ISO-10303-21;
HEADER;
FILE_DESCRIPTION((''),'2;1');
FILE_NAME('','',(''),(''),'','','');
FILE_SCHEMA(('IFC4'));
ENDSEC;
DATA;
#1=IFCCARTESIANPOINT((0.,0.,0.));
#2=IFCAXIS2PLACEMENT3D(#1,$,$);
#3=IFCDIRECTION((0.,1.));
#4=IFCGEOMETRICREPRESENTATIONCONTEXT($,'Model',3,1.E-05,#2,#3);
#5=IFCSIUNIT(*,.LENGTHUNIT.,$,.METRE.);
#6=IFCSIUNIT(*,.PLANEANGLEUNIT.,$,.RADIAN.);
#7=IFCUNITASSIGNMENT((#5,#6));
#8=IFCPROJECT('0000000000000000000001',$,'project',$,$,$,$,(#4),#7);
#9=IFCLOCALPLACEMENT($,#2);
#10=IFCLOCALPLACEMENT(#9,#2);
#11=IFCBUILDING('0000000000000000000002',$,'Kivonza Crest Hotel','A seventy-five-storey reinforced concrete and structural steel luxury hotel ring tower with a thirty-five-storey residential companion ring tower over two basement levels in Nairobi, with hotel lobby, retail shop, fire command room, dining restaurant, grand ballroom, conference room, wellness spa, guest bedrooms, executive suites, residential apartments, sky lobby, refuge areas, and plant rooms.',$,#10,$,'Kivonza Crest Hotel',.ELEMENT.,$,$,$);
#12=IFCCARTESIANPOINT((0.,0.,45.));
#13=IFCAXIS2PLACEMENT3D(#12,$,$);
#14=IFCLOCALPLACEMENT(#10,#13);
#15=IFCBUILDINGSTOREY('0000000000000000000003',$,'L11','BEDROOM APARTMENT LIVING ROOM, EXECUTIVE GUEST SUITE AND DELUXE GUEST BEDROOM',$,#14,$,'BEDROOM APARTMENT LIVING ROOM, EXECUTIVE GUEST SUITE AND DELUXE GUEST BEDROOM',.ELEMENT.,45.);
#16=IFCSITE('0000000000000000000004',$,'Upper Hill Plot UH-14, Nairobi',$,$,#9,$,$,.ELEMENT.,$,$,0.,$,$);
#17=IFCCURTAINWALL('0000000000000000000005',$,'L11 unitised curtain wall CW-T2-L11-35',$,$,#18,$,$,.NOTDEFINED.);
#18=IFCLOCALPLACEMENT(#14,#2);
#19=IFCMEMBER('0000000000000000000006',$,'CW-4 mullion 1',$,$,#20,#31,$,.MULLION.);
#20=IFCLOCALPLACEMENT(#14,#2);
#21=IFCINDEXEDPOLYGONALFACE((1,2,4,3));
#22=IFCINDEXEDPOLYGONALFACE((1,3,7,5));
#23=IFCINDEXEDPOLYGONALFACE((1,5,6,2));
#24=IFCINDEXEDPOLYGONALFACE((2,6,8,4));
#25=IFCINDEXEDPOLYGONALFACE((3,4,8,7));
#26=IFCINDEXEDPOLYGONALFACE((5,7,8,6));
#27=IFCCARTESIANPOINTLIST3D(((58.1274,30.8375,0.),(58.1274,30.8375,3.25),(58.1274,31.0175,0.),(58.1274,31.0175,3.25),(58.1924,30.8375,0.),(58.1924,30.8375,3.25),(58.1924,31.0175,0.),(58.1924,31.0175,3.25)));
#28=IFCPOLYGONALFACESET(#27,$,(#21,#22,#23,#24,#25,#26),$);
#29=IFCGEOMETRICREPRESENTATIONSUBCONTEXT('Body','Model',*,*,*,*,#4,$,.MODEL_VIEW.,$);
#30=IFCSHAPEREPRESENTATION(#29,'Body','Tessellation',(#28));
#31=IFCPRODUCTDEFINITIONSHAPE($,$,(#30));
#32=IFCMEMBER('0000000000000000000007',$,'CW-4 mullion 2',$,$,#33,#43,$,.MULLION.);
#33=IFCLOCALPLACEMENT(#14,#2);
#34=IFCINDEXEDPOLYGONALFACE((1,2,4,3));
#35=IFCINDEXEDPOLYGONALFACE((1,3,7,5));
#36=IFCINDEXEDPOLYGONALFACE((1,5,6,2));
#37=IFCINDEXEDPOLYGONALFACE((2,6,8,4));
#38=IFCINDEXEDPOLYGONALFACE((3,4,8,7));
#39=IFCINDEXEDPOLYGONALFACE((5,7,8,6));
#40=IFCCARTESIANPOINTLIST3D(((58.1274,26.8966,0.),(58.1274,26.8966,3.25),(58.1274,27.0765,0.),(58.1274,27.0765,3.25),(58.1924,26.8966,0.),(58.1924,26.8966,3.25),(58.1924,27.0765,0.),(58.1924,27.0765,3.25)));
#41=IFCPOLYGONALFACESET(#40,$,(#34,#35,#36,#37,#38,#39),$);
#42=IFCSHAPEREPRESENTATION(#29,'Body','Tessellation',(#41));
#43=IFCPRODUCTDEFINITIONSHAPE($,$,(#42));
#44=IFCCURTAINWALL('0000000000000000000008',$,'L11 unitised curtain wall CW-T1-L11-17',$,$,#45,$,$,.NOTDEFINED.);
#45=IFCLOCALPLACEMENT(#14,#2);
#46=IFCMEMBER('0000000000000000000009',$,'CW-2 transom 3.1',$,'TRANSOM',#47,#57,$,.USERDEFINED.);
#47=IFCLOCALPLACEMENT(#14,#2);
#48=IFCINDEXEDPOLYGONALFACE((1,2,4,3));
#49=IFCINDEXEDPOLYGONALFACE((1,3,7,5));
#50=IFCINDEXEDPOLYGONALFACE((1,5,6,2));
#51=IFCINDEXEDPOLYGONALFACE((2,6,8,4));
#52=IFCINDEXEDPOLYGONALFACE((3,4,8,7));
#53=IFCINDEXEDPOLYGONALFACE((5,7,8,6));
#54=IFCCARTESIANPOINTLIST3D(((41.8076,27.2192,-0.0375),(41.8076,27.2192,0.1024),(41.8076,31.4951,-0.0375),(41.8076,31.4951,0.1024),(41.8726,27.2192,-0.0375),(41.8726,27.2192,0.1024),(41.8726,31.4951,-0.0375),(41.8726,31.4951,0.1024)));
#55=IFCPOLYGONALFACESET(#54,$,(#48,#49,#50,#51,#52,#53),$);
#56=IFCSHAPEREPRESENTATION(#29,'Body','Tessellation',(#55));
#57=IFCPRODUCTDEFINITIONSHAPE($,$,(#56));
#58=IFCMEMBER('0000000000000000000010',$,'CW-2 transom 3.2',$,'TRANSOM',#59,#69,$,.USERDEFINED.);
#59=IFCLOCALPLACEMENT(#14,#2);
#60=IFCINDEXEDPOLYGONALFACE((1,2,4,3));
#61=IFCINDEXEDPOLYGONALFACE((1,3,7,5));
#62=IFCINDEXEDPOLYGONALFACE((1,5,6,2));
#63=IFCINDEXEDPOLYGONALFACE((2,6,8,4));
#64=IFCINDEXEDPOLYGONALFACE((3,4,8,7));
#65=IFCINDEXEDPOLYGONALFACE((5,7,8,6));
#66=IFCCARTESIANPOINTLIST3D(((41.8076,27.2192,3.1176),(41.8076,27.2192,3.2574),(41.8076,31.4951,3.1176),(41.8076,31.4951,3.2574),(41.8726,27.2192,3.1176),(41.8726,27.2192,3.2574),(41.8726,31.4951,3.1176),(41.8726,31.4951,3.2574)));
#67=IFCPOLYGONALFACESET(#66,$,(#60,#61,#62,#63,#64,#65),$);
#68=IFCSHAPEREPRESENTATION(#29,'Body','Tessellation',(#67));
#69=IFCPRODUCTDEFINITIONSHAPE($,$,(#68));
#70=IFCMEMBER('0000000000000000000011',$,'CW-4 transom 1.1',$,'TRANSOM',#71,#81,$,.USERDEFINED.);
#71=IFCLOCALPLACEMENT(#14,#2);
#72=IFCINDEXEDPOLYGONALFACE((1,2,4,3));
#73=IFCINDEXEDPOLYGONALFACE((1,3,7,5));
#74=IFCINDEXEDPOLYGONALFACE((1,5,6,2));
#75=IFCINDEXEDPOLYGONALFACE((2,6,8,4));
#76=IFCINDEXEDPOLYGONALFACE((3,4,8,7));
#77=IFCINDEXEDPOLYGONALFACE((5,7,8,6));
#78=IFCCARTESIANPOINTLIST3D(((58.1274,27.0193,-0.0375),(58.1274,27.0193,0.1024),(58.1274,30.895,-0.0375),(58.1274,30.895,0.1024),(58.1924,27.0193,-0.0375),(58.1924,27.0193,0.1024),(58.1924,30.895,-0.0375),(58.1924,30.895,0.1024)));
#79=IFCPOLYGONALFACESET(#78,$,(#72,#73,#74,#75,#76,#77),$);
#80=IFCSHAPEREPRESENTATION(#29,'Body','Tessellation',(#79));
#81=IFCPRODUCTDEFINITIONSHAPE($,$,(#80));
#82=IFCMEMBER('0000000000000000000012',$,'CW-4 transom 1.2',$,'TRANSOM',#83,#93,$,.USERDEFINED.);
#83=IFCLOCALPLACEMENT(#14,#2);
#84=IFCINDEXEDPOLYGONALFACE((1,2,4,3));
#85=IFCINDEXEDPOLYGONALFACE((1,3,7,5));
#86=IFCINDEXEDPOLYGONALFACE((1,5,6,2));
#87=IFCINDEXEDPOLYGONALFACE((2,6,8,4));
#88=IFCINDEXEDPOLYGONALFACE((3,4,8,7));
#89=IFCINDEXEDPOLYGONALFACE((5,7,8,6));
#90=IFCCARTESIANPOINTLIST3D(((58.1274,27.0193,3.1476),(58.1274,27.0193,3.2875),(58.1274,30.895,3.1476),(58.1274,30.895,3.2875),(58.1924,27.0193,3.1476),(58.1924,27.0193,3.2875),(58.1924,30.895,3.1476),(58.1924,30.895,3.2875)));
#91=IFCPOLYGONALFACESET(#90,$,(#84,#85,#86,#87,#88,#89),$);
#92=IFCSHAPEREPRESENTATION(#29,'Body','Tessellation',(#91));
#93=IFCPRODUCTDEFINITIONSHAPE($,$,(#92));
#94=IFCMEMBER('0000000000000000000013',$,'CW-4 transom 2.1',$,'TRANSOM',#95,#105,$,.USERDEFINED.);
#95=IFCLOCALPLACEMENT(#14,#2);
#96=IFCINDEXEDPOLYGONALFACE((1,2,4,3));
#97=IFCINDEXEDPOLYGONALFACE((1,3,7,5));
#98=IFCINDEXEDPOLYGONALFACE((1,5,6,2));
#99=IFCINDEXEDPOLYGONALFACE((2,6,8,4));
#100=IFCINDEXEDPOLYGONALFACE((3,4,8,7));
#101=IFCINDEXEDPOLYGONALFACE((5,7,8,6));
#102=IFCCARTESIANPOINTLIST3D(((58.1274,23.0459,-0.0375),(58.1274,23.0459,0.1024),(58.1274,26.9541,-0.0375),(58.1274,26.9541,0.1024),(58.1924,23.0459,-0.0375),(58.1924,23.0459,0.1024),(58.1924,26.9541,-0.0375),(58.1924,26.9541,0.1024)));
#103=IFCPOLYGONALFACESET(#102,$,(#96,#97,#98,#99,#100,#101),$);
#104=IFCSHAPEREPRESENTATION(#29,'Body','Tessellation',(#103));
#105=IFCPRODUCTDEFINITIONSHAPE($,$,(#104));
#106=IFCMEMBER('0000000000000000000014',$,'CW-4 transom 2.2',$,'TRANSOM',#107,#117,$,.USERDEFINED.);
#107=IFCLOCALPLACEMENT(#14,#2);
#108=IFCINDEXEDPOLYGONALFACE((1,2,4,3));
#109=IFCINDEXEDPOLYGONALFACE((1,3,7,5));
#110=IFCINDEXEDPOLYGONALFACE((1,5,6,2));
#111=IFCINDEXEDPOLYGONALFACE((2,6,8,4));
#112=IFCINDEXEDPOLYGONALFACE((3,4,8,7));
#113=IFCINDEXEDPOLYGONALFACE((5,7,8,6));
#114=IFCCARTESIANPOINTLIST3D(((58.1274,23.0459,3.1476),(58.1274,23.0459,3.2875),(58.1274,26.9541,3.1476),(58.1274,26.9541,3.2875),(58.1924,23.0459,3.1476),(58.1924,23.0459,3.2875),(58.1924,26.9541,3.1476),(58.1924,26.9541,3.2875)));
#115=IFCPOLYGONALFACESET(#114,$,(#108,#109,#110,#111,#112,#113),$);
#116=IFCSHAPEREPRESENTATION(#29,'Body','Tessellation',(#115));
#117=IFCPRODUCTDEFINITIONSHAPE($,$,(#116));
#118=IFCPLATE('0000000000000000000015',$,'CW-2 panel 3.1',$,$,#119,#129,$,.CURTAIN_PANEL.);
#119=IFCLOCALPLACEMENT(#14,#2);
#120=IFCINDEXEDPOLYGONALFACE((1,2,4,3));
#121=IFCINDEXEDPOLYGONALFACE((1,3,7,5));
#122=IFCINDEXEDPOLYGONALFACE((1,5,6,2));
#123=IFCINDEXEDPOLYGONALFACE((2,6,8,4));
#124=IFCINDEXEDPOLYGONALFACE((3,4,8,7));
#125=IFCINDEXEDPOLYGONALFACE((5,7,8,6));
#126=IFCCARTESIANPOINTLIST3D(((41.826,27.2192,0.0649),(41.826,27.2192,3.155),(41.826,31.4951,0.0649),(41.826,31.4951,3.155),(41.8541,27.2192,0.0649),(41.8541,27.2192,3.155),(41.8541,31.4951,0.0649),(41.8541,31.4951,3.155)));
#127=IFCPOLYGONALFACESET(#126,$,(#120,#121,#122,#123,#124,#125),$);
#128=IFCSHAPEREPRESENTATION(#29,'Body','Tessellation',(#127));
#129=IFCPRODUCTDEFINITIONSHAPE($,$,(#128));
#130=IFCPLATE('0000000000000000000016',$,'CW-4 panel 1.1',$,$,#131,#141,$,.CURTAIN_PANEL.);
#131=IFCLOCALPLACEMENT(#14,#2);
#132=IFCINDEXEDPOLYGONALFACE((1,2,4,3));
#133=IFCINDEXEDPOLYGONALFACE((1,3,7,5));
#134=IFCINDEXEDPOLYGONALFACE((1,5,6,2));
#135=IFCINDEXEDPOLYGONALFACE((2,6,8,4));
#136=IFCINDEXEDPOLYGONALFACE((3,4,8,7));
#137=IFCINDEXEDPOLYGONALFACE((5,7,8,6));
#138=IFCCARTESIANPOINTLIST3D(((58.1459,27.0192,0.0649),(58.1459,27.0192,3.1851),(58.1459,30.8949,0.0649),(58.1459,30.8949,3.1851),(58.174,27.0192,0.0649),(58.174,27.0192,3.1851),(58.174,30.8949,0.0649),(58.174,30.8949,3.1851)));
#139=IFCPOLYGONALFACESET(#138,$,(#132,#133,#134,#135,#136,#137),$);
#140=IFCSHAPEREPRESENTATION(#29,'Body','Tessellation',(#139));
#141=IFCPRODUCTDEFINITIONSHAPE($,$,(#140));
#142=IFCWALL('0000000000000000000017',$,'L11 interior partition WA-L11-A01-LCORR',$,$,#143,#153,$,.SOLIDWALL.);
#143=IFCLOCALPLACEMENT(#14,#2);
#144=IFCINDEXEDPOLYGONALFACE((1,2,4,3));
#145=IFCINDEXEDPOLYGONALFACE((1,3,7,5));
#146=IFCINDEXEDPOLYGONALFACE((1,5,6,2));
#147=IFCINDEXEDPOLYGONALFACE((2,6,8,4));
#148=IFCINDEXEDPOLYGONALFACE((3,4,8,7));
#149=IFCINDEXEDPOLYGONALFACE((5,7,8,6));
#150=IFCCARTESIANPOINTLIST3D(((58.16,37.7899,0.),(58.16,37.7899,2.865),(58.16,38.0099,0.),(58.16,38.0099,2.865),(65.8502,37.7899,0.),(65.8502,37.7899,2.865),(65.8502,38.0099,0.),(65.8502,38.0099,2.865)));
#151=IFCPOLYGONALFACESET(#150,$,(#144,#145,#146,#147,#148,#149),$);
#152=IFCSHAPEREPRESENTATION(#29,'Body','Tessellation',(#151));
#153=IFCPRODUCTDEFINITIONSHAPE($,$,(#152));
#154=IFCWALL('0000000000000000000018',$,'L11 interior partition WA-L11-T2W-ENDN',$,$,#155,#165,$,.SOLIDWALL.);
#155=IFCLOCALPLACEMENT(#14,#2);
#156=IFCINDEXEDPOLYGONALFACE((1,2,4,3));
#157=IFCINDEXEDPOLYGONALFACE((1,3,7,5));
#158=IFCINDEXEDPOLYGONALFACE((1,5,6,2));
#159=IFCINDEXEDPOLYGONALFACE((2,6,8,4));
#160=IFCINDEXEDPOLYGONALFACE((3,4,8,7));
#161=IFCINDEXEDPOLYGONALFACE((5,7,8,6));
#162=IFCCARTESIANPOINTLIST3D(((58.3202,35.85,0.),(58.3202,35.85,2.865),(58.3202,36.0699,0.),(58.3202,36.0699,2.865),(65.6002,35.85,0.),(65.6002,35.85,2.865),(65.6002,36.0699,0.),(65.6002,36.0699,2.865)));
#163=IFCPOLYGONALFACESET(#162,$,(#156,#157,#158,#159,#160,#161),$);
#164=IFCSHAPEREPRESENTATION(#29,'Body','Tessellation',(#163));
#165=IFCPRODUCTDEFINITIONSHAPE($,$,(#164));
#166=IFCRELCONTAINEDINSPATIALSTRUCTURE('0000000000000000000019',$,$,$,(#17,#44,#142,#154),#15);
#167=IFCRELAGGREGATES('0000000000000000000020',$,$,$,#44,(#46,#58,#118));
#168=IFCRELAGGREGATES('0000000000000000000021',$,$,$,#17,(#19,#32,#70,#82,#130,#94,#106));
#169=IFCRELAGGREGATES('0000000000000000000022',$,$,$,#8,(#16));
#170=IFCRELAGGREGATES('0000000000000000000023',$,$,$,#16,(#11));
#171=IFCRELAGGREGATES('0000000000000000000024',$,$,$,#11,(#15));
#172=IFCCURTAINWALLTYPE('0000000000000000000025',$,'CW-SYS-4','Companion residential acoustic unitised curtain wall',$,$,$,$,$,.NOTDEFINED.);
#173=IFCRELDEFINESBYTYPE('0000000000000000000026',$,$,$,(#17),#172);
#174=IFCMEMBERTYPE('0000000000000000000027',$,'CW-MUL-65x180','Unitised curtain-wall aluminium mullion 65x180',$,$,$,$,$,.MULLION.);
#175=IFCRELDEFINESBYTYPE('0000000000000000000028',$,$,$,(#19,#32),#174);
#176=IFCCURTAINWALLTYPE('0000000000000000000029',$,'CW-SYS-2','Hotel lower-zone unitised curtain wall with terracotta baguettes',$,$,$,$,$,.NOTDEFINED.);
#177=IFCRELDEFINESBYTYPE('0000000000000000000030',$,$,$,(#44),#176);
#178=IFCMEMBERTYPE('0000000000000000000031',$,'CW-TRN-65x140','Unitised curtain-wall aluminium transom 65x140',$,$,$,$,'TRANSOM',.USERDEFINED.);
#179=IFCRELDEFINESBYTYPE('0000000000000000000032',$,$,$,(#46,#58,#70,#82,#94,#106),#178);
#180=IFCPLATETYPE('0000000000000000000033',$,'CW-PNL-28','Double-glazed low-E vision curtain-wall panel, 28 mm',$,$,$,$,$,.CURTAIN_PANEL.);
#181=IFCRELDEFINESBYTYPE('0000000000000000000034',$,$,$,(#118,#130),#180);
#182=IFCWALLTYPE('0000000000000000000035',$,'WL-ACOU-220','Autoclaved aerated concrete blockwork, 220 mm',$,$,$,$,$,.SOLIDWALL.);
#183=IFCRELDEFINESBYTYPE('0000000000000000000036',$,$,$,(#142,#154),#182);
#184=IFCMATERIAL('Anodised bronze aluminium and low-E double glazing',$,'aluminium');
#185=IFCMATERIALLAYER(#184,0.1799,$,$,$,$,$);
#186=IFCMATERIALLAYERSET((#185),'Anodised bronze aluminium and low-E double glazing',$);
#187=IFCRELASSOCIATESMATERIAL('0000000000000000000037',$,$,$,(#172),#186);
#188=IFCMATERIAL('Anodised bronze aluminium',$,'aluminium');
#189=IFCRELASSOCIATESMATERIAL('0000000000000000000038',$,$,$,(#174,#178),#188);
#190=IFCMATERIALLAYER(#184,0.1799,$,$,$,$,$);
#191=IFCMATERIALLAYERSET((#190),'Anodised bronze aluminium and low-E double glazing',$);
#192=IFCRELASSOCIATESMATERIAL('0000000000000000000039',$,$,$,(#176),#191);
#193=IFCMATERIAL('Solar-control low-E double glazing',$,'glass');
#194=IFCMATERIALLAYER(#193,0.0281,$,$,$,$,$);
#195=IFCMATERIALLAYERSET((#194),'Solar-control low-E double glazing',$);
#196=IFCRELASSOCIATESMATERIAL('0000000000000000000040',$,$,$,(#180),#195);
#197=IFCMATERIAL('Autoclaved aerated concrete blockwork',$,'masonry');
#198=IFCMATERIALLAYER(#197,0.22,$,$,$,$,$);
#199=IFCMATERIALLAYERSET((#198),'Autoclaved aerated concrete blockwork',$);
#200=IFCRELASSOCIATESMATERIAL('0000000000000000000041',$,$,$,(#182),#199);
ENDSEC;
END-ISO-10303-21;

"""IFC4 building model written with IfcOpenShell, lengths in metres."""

from ifc_helpers import new_model, si_unit, direction, frame, frame_2d, origin, origin_2d, place, context, subcontext, project, spatial, rectangle, extrude, material, layer, layer_set, material_profile, profile_set, type_object, element, aggregate, save


model = new_model("IFC4")

# Units and contexts
model_context = context("Model", 3, precision=1e-05, world=origin(), true_north=direction((0.0, 1.0)))
body_context = subcontext(model_context, "Body", "Model", "MODEL_VIEW")
ifc_project = project(units=[si_unit("LENGTHUNIT", "METRE"), si_unit("PLANEANGLEUNIT", "RADIAN")], contexts=[model_context])

# Site, building, storey
site_placement = place(None, origin())
site = spatial("IfcSite", under=ifc_project, at=site_placement, Name="Upper Hill Plot UH-14, Nairobi", CompositionType="ELEMENT", RefElevation=0.0)
building_placement = place(site_placement, origin())
building = spatial("IfcBuilding", under=site, at=building_placement, Name="Kivonza Crest Hotel", Description="A seventy-five-storey reinforced concrete and structural steel luxury hotel ring tower with a thirty-five-storey residential companion ring tower over two basement levels in Nairobi, with hotel lobby, retail shop, fire command room, dining restaurant, grand ballroom, conference room, wellness spa, guest bedrooms, executive suites, residential apartments, sky lobby, refuge areas, and plant rooms.", LongName="Kivonza Crest Hotel", CompositionType="ELEMENT")
storey_placement = place(building_placement, frame((0.0, 0.0, 45.0)))
storey = spatial("IfcBuildingStorey", under=building, at=storey_placement, Name="L11", Description="BEDROOM APARTMENT LIVING ROOM, EXECUTIVE GUEST SUITE AND DELUXE GUEST BEDROOM", LongName="BEDROOM APARTMENT LIVING ROOM, EXECUTIVE GUEST SUITE AND DELUXE GUEST BEDROOM", CompositionType="ELEMENT", Elevation=45.0)

# Curtain walls, members
ifc_material_1 = material(Name="Anodised bronze aluminium and low-E double glazing", Category="aluminium")
ifc_layer_1 = layer(ifc_material_1, 0.1799)
ifc_layer_set_1 = layer_set([ifc_layer_1], Name="Anodised bronze aluminium and low-E double glazing")
curtain_wall_type_1 = type_object("IfcCurtainWallType", Name="CW-SYS-4", Description="Companion residential acoustic unitised curtain wall", PredefinedType="NOTDEFINED", material=ifc_layer_set_1)
curtain_wall_1_placement = place(storey_placement, origin())
curtain_wall_1 = element("IfcCurtainWall", 1, at=curtain_wall_1_placement, inside=storey, type_object=curtain_wall_type_1, Name="L11 unitised curtain wall CW-T2-L11-35", PredefinedType="NOTDEFINED")
ifc_material_2 = material(Name="Anodised bronze aluminium", Category="aluminium")
ifc_material_profile_1 = material_profile(ifc_material_2, rectangle(XDim=0.0649, YDim=0.1799, at=origin_2d()), Name="CW-M 65x180")
ifc_profile_set_1 = profile_set([ifc_material_profile_1], Name="Anodised bronze aluminium")
member_type_1 = type_object("IfcMemberType", Name="CW-MUL-65x180", Description="Unitised curtain-wall aluminium mullion 65x180", PredefinedType="MULLION", material=ifc_profile_set_1)
member_1_placement = place(storey_placement, frame((58.1599, 30.9275, 0.0), z_axis=(0.0, 0.0, 1.0), x_axis=(1.0, 0.0, 0.0)))
member_1 = element("IfcMember", 2, at=member_1_placement, type_object=member_type_1, Name="CW-4 mullion 1", PredefinedType="MULLION", context=body_context, shape_type="SweptSolid", body=[
    extrude(rectangle(XDim=0.0649, YDim=0.1799, at=origin_2d()), origin(), (0.0, 0.0, 1.0), 3.25),
])
member_2_placement = place(storey_placement, frame((58.1599, 26.9866, 0.0), z_axis=(0.0, 0.0, 1.0), x_axis=(1.0, 0.0, 0.0)))
member_2 = element("IfcMember", 3, at=member_2_placement, type_object=member_type_1, Name="CW-4 mullion 2", PredefinedType="MULLION", context=body_context, shape_type="SweptSolid", body=[
    extrude(rectangle(XDim=0.0649, YDim=0.1799, at=origin_2d()), origin(), (0.0, 0.0, 1.0), 3.25),
])
ifc_layer_2 = layer(ifc_material_1, 0.1799)
ifc_layer_set_2 = layer_set([ifc_layer_2], Name="Anodised bronze aluminium and low-E double glazing")
curtain_wall_type_2 = type_object("IfcCurtainWallType", Name="CW-SYS-2", Description="Hotel lower-zone unitised curtain wall with terracotta baguettes", PredefinedType="NOTDEFINED", material=ifc_layer_set_2)
curtain_wall_2_placement = place(storey_placement, origin())
curtain_wall_2 = element("IfcCurtainWall", 4, at=curtain_wall_2_placement, inside=storey, type_object=curtain_wall_type_2, Name="L11 unitised curtain wall CW-T1-L11-17", PredefinedType="NOTDEFINED")
ifc_material_profile_2 = material_profile(ifc_material_2, rectangle(XDim=0.0649, YDim=0.1399, at=origin_2d()), Name="CW-T 65x140")
ifc_profile_set_2 = profile_set([ifc_material_profile_2], Name="Anodised bronze aluminium")
member_type_2 = type_object("IfcMemberType", Name="CW-TRN-65x140", Description="Unitised curtain-wall aluminium transom 65x140", ElementType="TRANSOM", PredefinedType="USERDEFINED", material=ifc_profile_set_2)
member_3_placement = place(storey_placement, frame((41.8401, 27.2192, 0.0325), z_axis=(0.0, 1.0, 0.0), x_axis=(-1.0, 0.0, 0.0)))
member_3 = element("IfcMember", 5, at=member_3_placement, type_object=member_type_2, Name="CW-2 transom 3.1", ObjectType="TRANSOM", PredefinedType="USERDEFINED", context=body_context, shape_type="SweptSolid", body=[
    extrude(rectangle(XDim=0.0649, YDim=0.1399, at=origin_2d()), origin(), (0.0, 0.0, 1.0), 4.2759),
])
member_4_placement = place(storey_placement, frame((41.8401, 27.2192, 3.1875), z_axis=(0.0, 1.0, 0.0), x_axis=(-1.0, 0.0, 0.0)))
member_4 = element("IfcMember", 6, at=member_4_placement, type_object=member_type_2, Name="CW-2 transom 3.2", ObjectType="TRANSOM", PredefinedType="USERDEFINED", context=body_context, shape_type="SweptSolid", body=[
    extrude(rectangle(XDim=0.0649, YDim=0.1399, at=origin_2d()), origin(), (0.0, 0.0, 1.0), 4.2759),
])

# Members
member_5_placement = place(storey_placement, frame((58.1599, 30.895, 0.0325), z_axis=(0.0, -1.0, 0.0), x_axis=(1.0, 0.0, 0.0)))
member_5 = element("IfcMember", 7, at=member_5_placement, type_object=member_type_2, Name="CW-4 transom 1.1", ObjectType="TRANSOM", PredefinedType="USERDEFINED", context=body_context, shape_type="SweptSolid", body=[
    extrude(rectangle(XDim=0.0649, YDim=0.1399, at=origin_2d()), origin(), (0.0, 0.0, 1.0), 3.8757),
])
member_6_placement = place(storey_placement, frame((58.1599, 30.895, 3.2175), z_axis=(0.0, -1.0, 0.0), x_axis=(1.0, 0.0, 0.0)))
member_6 = element("IfcMember", 8, at=member_6_placement, type_object=member_type_2, Name="CW-4 transom 1.2", ObjectType="TRANSOM", PredefinedType="USERDEFINED", context=body_context, shape_type="SweptSolid", body=[
    extrude(rectangle(XDim=0.0649, YDim=0.1399, at=origin_2d()), origin(), (0.0, 0.0, 1.0), 3.8757),
])
member_7_placement = place(storey_placement, frame((58.1599, 26.9541, 0.0325), z_axis=(0.0, -1.0, 0.0), x_axis=(1.0, 0.0, 0.0)))
member_7 = element("IfcMember", 9, at=member_7_placement, type_object=member_type_2, Name="CW-4 transom 2.1", ObjectType="TRANSOM", PredefinedType="USERDEFINED", context=body_context, shape_type="SweptSolid", body=[
    extrude(rectangle(XDim=0.0649, YDim=0.1399, at=origin_2d()), origin(), (0.0, 0.0, 1.0), 3.9082),
])
member_8_placement = place(storey_placement, frame((58.1599, 26.9541, 3.2175), z_axis=(0.0, -1.0, 0.0), x_axis=(1.0, 0.0, 0.0)))
member_8 = element("IfcMember", 10, at=member_8_placement, type_object=member_type_2, Name="CW-4 transom 2.2", ObjectType="TRANSOM", PredefinedType="USERDEFINED", context=body_context, shape_type="SweptSolid", body=[
    extrude(rectangle(XDim=0.0649, YDim=0.1399, at=origin_2d()), origin(), (0.0, 0.0, 1.0), 3.9082),
])

# Plates
ifc_material_3 = material(Name="Solar-control low-E double glazing", Category="glass")
ifc_layer_3 = layer(ifc_material_3, 0.0281)
ifc_layer_set_3 = layer_set([ifc_layer_3], Name="Solar-control low-E double glazing")
plate_type = type_object("IfcPlateType", Name="CW-PNL-28", Description="Double-glazed low-E vision curtain-wall panel, 28 mm", PredefinedType="CURTAIN_PANEL", material=ifc_layer_set_3)
plate_1_placement = place(storey_placement, frame((41.8401, 29.3572, 0.0649), z_axis=(0.0, 0.0, 1.0), x_axis=(0.0, 1.0, 0.0)))
plate_1 = element("IfcPlate", 11, at=plate_1_placement, type_object=plate_type, Name="CW-2 panel 3.1", PredefinedType="CURTAIN_PANEL", context=body_context, shape_type="SweptSolid", body=[
    extrude(rectangle(XDim=4.2759, YDim=0.0281, at=origin_2d()), origin(), (0.0, 0.0, 1.0), 3.0901),
])
aggregate(curtain_wall_2, [member_3, member_4, plate_1])
plate_2_placement = place(storey_placement, frame((58.1599, 28.957, 0.0649), z_axis=(0.0, 0.0, 1.0), x_axis=(0.0, -1.0, 0.0)))
plate_2 = element("IfcPlate", 12, at=plate_2_placement, type_object=plate_type, Name="CW-4 panel 1.1", PredefinedType="CURTAIN_PANEL", context=body_context, shape_type="SweptSolid", body=[
    extrude(rectangle(XDim=3.8757, YDim=0.0281, at=origin_2d()), origin(), (0.0, 0.0, 1.0), 3.1201),
])
aggregate(curtain_wall_1, [member_1, member_2, member_5, member_6, plate_2, member_7, member_8])

# Walls
ifc_material_4 = material(Name="Autoclaved aerated concrete blockwork", Category="masonry")
ifc_layer_4 = layer(ifc_material_4, 0.22)
ifc_layer_set_4 = layer_set([ifc_layer_4], Name="Autoclaved aerated concrete blockwork")
wall_type_1 = type_object("IfcWallType", Name="WL-ACOU-220", Description="Autoclaved aerated concrete blockwork, 220 mm", PredefinedType="SOLIDWALL", material=ifc_layer_set_4)
wall_1_placement = place(storey_placement, frame((58.1599, 37.8999, 0.0), z_axis=(0.0, 0.0, 1.0), x_axis=(1.0, 0.0, 0.0)))
element("IfcWall", 13, at=wall_1_placement, inside=storey, type_object=wall_type_1, Name="L11 interior partition WA-L11-A01-LCORR", PredefinedType="SOLIDWALL", context=body_context, shape_type="SweptSolid", body=[
    extrude(rectangle(XDim=7.6902, YDim=0.22, at=frame_2d((3.8452, 0.0))), origin(), (0.0, 0.0, 1.0), 2.865),
])
wall_2_placement = place(storey_placement, frame((58.3201, 35.96, 0.0), z_axis=(0.0, 0.0, 1.0), x_axis=(1.0, 0.0, 0.0)))
element("IfcWall", 14, at=wall_2_placement, inside=storey, type_object=wall_type_1, Name="L11 interior partition WA-L11-T2W-ENDN", PredefinedType="SOLIDWALL", context=body_context, shape_type="SweptSolid", body=[
    extrude(rectangle(XDim=7.28, YDim=0.22, at=frame_2d((3.6401, 0.0))), origin(), (0.0, 0.0, 1.0), 2.865),
])

save(model, "model.ifc")
